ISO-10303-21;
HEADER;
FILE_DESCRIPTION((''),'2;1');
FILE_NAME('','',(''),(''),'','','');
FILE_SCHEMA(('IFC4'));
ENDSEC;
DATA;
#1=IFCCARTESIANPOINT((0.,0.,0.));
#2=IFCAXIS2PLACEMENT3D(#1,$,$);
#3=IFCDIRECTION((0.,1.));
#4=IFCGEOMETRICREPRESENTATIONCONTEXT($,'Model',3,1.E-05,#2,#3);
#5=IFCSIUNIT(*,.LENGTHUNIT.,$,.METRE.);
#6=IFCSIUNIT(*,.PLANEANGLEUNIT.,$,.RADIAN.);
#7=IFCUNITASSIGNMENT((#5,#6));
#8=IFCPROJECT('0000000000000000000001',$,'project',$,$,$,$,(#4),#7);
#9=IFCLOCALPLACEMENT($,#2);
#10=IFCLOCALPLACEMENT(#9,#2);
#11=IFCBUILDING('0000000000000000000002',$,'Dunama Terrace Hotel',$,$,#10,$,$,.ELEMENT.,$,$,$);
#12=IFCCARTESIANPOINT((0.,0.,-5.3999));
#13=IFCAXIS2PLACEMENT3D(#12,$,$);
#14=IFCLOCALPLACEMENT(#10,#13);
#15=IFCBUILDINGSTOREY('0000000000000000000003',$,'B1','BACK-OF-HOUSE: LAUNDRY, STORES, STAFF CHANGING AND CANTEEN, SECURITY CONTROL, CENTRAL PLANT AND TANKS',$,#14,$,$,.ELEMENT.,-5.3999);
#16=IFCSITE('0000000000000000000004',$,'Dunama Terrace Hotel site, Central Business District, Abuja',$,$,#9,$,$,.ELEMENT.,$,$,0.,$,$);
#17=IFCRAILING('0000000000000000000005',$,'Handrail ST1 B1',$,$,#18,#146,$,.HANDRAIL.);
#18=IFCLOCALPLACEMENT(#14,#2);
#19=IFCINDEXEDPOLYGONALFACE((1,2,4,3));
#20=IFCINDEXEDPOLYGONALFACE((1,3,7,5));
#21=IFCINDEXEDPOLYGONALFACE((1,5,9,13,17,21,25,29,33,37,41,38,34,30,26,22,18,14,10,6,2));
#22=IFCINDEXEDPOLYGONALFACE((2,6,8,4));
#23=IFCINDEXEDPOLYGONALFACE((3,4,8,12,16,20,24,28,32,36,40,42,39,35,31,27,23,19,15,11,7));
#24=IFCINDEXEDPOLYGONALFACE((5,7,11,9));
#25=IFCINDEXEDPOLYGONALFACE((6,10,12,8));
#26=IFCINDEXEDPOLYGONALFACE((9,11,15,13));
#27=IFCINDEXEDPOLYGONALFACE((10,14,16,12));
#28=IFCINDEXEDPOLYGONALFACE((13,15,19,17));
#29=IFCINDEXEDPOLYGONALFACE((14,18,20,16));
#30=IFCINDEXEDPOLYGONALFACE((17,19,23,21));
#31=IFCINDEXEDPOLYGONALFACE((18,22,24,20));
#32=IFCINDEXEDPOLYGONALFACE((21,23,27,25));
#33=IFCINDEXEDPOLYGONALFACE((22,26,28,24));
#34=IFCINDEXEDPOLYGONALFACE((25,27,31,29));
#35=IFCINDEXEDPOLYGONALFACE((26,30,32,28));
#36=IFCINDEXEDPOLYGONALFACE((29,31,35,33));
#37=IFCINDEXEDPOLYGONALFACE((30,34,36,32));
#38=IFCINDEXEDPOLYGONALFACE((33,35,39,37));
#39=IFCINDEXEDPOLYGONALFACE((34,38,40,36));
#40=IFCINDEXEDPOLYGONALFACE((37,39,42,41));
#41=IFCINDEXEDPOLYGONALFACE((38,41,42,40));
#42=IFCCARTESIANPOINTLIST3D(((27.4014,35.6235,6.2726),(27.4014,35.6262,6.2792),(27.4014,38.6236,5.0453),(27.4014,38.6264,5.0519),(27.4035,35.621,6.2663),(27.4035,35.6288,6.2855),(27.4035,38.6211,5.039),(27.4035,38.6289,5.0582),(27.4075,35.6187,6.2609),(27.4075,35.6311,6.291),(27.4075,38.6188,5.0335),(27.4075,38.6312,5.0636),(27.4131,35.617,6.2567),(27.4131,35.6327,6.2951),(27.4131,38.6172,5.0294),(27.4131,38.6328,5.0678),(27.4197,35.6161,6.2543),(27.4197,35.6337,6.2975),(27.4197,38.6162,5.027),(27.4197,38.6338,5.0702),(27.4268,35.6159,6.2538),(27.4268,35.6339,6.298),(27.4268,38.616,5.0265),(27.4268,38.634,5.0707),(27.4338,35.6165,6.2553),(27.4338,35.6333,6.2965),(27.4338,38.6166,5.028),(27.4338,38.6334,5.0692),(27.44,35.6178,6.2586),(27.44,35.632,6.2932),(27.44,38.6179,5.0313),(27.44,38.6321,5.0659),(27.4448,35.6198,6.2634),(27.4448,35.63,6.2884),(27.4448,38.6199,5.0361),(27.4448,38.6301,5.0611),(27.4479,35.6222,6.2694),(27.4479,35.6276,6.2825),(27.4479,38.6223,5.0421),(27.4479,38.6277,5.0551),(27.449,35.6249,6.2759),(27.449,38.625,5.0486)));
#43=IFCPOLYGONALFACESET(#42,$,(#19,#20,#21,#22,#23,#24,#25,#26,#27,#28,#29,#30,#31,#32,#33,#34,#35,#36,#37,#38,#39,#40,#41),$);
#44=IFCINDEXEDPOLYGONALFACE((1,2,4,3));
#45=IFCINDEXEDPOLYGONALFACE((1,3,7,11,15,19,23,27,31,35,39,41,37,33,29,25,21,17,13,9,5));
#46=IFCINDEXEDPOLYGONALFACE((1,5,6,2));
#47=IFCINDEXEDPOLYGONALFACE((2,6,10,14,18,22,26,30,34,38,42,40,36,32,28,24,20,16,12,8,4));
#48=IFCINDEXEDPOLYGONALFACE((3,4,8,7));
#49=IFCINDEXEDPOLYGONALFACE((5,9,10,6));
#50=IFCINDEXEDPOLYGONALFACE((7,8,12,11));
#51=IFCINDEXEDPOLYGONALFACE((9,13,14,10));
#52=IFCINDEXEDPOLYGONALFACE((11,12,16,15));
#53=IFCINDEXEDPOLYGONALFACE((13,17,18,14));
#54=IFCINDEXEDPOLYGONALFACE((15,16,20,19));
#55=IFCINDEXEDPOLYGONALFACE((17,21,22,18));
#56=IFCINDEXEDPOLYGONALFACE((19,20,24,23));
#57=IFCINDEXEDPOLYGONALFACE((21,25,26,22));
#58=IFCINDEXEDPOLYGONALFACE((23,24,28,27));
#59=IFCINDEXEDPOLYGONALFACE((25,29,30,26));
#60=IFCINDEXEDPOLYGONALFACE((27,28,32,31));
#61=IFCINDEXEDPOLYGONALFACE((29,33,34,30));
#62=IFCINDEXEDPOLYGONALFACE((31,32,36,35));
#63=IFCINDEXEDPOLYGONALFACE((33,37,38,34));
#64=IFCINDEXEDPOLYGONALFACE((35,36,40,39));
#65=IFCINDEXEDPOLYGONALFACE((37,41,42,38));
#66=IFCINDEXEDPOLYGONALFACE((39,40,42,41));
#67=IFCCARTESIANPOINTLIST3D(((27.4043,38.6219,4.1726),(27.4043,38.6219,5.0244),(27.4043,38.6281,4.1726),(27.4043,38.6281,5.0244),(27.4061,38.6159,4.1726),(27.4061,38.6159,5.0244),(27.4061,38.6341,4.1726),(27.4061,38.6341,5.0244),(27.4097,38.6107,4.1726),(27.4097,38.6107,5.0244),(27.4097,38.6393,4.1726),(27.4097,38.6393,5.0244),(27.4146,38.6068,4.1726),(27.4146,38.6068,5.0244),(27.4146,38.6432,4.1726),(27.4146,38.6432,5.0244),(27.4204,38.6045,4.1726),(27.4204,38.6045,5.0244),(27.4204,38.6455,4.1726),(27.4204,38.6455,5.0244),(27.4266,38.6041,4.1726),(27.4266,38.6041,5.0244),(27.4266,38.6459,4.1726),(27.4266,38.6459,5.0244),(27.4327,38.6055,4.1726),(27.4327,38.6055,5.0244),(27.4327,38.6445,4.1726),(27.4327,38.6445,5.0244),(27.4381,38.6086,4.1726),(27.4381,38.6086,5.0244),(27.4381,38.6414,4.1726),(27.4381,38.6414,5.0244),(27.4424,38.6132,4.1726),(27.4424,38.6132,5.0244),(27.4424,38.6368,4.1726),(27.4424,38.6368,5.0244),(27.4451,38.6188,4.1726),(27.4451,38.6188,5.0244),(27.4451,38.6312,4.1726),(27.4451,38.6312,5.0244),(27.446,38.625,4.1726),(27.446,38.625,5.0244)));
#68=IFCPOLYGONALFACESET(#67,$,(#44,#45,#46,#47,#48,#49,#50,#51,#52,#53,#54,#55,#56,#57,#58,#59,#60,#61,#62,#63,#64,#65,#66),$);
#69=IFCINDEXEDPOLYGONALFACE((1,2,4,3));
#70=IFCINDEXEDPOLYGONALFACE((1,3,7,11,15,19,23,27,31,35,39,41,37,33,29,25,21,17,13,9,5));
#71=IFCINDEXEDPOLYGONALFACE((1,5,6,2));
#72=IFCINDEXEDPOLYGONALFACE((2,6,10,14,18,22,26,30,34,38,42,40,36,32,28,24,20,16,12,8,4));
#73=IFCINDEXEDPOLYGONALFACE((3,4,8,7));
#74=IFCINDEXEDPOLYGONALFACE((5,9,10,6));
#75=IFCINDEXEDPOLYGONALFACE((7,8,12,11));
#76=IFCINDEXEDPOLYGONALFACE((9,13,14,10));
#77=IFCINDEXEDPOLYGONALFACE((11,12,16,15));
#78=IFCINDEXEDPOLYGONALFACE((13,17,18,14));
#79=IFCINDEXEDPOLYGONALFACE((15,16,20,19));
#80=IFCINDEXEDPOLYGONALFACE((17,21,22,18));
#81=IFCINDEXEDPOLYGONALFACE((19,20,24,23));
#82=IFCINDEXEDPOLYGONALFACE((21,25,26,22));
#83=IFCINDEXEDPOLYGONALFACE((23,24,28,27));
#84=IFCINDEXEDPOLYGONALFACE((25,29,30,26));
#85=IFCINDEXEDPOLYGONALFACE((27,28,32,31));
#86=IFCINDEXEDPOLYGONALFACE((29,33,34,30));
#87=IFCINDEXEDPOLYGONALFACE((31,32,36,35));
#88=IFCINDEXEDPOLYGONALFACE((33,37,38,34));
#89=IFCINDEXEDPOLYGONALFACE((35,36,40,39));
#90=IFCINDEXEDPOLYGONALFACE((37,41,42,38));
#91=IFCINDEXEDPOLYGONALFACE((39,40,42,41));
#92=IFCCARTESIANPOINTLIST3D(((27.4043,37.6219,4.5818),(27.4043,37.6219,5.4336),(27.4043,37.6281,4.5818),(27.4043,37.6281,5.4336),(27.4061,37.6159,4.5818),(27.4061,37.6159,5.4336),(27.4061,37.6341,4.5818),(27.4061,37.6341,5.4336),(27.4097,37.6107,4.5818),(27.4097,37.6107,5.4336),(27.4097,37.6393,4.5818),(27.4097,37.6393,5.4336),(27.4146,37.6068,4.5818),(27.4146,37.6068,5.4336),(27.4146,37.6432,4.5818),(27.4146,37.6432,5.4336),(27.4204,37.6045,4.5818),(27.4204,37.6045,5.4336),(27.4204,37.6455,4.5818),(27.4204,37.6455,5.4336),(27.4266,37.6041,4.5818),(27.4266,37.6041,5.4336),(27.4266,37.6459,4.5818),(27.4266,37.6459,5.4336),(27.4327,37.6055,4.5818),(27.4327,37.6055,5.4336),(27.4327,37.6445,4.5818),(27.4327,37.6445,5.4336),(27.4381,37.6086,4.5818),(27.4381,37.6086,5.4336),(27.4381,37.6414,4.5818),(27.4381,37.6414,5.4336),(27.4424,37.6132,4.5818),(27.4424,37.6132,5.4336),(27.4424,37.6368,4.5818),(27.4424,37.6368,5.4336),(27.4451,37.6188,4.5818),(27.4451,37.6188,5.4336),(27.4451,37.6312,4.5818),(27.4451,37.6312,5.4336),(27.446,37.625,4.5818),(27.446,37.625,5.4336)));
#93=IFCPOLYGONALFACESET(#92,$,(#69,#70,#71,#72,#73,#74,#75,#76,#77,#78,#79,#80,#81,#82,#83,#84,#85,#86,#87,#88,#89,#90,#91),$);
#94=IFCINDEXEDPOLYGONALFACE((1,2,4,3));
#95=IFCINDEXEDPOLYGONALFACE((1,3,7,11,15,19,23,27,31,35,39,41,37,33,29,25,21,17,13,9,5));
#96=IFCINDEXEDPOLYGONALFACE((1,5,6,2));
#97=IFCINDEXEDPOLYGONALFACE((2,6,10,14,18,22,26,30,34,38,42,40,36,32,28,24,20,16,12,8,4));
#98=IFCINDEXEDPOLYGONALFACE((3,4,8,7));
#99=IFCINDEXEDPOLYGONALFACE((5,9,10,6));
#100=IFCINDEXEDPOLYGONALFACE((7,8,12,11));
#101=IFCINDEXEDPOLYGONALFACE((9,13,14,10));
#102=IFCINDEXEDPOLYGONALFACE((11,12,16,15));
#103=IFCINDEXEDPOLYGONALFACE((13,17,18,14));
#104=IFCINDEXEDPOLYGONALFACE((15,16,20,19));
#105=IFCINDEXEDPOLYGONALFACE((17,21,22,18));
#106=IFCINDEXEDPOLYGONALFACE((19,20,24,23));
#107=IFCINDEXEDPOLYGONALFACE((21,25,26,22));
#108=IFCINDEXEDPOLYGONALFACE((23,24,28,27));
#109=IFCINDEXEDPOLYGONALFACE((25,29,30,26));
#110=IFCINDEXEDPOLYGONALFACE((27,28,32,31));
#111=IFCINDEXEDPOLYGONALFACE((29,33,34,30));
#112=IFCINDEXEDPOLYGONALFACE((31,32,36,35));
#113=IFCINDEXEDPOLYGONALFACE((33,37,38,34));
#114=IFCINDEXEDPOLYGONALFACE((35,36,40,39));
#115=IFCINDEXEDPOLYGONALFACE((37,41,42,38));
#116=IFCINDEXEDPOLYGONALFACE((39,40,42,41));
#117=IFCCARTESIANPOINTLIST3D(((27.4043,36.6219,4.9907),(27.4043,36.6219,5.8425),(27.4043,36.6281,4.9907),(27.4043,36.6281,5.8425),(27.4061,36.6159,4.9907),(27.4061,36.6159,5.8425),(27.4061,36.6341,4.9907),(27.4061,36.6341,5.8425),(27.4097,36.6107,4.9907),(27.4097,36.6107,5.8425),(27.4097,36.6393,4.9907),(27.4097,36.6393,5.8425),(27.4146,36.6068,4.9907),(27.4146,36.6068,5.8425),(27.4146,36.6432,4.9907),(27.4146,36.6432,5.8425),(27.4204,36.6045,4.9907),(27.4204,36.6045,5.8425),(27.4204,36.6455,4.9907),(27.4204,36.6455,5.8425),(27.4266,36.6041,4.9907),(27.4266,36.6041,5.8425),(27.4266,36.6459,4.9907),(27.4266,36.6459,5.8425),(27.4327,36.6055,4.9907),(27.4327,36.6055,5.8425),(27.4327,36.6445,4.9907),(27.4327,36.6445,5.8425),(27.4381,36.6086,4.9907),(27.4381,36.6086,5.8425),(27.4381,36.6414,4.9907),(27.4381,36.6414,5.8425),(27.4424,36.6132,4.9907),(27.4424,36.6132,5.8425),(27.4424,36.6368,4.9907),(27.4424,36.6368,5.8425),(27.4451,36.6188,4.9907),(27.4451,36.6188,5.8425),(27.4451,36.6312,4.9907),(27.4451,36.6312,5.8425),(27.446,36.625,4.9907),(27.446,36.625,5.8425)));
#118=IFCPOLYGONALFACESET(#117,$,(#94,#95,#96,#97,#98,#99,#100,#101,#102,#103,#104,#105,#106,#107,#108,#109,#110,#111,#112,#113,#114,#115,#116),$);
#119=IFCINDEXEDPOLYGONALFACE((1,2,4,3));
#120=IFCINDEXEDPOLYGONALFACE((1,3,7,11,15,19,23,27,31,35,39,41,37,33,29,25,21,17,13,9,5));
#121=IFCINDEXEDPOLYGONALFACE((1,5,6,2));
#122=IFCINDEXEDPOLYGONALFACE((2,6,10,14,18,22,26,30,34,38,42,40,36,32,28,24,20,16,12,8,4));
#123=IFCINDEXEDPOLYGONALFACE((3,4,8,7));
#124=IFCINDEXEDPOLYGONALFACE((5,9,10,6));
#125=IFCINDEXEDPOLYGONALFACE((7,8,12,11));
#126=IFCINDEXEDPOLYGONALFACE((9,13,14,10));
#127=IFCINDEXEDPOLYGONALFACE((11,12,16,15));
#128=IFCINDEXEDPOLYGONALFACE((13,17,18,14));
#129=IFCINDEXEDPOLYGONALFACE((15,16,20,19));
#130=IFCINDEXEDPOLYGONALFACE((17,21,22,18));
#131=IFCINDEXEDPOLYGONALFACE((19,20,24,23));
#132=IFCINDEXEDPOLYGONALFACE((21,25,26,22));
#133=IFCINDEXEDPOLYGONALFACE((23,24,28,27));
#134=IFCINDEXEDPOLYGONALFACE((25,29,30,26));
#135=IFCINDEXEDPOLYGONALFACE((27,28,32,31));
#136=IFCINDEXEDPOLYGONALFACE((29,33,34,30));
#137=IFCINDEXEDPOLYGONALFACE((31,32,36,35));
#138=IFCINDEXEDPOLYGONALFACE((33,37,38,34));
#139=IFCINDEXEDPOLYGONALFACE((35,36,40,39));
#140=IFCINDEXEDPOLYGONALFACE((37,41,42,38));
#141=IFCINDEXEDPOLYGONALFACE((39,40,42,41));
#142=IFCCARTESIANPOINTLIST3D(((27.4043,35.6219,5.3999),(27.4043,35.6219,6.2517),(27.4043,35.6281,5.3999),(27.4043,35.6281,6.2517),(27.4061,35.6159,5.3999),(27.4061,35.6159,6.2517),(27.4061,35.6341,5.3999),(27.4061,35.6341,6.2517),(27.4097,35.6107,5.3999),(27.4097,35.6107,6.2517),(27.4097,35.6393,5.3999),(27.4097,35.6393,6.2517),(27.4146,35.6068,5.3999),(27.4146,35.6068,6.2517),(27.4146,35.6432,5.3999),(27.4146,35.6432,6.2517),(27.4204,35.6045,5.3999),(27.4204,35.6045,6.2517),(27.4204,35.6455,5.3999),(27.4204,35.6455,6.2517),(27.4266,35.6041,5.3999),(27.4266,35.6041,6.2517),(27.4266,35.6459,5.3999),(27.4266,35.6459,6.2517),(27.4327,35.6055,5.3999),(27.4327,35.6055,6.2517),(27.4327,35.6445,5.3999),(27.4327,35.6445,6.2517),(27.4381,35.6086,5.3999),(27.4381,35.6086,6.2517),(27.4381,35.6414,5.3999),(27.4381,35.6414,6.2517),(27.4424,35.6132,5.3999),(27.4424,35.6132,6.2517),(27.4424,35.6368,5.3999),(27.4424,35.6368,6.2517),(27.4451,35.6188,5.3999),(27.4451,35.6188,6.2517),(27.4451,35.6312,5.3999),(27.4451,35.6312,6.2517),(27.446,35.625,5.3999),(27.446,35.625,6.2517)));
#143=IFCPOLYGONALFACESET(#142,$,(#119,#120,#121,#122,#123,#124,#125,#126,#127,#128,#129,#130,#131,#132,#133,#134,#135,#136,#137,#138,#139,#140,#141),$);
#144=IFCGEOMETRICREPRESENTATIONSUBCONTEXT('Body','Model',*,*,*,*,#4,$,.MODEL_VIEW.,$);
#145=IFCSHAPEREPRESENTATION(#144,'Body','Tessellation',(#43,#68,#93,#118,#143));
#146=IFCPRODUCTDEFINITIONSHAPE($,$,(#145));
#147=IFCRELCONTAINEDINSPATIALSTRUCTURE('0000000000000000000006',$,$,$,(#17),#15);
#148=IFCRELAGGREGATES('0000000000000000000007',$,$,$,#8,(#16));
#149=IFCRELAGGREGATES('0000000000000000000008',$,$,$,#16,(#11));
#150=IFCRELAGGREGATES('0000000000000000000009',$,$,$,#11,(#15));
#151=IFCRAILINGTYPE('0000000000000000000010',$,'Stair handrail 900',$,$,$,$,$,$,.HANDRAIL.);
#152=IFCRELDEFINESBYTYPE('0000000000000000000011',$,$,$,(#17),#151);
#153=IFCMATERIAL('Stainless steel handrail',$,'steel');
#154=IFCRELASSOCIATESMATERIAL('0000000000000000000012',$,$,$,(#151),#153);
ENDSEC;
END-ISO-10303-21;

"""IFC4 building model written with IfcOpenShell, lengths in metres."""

from ifc_helpers import new_model, si_unit, direction, frame, origin, origin_2d, place, context, subcontext, project, spatial, circle, extrude, material, type_object, element, save


model = new_model("IFC4")

# Units and contexts
model_context = context("Model", 3, precision=1e-05, world=origin(), true_north=direction((0.0, 1.0)))
body_context = subcontext(model_context, "Body", "Model", "MODEL_VIEW")
ifc_project = project(units=[si_unit("LENGTHUNIT", "METRE"), si_unit("PLANEANGLEUNIT", "RADIAN")], contexts=[model_context])

# Site, building, storey
site_placement = place(None, origin())
site = spatial("IfcSite", under=ifc_project, at=site_placement, Name="Dunama Terrace Hotel site, Central Business District, Abuja", CompositionType="ELEMENT", RefElevation=0.0)
building_placement = place(site_placement, origin())
building = spatial("IfcBuilding", under=site, at=building_placement, Name="Dunama Terrace Hotel", CompositionType="ELEMENT")
storey_placement = place(building_placement, frame((0.0, 0.0, -5.3999)))
storey = spatial("IfcBuildingStorey", under=building, at=storey_placement, Name="B1", Description="BACK-OF-HOUSE: LAUNDRY, STORES, STAFF CHANGING AND CANTEEN, SECURITY CONTROL, CENTRAL PLANT AND TANKS", CompositionType="ELEMENT", Elevation=-5.3999)

# Railing
ifc_material_1 = material(Name="Stainless steel handrail", Category="steel")
railing_type = type_object("IfcRailingType", Name="Stair handrail 900", PredefinedType="HANDRAIL", material=ifc_material_1)
railing_1_placement = place(storey_placement, frame((27.425, 38.625, 4.1726)))
element("IfcRailing", 1, at=railing_1_placement, inside=storey, type_object=railing_type, Name="Handrail ST1 B1", PredefinedType="HANDRAIL", context=body_context, shape_type="SweptSolid", body=[
    extrude(circle(Radius=0.0239, at=origin_2d()), frame((0.0, 0.0, 0.876), z_axis=(0.0, -0.925545, 0.378639), x_axis=(1.0, 0.0, 0.0)), (0.0, 0.0, 1.0), 3.2415),
    extrude(circle(Radius=0.021, at=origin_2d()), origin(), (0.0, 0.0, 1.0), 0.8518),
    extrude(circle(Radius=0.021, at=origin_2d()), frame((0.0, -1.0, 0.4092)), (0.0, 0.0, 1.0), 0.8518),
    extrude(circle(Radius=0.021, at=origin_2d()), frame((0.0, -2.0, 0.8181)), (0.0, 0.0, 1.0), 0.8518),
    extrude(circle(Radius=0.021, at=origin_2d()), frame((0.0, -3.0, 1.2273)), (0.0, 0.0, 1.0), 0.8518),
])

save(model, "model.ifc")
